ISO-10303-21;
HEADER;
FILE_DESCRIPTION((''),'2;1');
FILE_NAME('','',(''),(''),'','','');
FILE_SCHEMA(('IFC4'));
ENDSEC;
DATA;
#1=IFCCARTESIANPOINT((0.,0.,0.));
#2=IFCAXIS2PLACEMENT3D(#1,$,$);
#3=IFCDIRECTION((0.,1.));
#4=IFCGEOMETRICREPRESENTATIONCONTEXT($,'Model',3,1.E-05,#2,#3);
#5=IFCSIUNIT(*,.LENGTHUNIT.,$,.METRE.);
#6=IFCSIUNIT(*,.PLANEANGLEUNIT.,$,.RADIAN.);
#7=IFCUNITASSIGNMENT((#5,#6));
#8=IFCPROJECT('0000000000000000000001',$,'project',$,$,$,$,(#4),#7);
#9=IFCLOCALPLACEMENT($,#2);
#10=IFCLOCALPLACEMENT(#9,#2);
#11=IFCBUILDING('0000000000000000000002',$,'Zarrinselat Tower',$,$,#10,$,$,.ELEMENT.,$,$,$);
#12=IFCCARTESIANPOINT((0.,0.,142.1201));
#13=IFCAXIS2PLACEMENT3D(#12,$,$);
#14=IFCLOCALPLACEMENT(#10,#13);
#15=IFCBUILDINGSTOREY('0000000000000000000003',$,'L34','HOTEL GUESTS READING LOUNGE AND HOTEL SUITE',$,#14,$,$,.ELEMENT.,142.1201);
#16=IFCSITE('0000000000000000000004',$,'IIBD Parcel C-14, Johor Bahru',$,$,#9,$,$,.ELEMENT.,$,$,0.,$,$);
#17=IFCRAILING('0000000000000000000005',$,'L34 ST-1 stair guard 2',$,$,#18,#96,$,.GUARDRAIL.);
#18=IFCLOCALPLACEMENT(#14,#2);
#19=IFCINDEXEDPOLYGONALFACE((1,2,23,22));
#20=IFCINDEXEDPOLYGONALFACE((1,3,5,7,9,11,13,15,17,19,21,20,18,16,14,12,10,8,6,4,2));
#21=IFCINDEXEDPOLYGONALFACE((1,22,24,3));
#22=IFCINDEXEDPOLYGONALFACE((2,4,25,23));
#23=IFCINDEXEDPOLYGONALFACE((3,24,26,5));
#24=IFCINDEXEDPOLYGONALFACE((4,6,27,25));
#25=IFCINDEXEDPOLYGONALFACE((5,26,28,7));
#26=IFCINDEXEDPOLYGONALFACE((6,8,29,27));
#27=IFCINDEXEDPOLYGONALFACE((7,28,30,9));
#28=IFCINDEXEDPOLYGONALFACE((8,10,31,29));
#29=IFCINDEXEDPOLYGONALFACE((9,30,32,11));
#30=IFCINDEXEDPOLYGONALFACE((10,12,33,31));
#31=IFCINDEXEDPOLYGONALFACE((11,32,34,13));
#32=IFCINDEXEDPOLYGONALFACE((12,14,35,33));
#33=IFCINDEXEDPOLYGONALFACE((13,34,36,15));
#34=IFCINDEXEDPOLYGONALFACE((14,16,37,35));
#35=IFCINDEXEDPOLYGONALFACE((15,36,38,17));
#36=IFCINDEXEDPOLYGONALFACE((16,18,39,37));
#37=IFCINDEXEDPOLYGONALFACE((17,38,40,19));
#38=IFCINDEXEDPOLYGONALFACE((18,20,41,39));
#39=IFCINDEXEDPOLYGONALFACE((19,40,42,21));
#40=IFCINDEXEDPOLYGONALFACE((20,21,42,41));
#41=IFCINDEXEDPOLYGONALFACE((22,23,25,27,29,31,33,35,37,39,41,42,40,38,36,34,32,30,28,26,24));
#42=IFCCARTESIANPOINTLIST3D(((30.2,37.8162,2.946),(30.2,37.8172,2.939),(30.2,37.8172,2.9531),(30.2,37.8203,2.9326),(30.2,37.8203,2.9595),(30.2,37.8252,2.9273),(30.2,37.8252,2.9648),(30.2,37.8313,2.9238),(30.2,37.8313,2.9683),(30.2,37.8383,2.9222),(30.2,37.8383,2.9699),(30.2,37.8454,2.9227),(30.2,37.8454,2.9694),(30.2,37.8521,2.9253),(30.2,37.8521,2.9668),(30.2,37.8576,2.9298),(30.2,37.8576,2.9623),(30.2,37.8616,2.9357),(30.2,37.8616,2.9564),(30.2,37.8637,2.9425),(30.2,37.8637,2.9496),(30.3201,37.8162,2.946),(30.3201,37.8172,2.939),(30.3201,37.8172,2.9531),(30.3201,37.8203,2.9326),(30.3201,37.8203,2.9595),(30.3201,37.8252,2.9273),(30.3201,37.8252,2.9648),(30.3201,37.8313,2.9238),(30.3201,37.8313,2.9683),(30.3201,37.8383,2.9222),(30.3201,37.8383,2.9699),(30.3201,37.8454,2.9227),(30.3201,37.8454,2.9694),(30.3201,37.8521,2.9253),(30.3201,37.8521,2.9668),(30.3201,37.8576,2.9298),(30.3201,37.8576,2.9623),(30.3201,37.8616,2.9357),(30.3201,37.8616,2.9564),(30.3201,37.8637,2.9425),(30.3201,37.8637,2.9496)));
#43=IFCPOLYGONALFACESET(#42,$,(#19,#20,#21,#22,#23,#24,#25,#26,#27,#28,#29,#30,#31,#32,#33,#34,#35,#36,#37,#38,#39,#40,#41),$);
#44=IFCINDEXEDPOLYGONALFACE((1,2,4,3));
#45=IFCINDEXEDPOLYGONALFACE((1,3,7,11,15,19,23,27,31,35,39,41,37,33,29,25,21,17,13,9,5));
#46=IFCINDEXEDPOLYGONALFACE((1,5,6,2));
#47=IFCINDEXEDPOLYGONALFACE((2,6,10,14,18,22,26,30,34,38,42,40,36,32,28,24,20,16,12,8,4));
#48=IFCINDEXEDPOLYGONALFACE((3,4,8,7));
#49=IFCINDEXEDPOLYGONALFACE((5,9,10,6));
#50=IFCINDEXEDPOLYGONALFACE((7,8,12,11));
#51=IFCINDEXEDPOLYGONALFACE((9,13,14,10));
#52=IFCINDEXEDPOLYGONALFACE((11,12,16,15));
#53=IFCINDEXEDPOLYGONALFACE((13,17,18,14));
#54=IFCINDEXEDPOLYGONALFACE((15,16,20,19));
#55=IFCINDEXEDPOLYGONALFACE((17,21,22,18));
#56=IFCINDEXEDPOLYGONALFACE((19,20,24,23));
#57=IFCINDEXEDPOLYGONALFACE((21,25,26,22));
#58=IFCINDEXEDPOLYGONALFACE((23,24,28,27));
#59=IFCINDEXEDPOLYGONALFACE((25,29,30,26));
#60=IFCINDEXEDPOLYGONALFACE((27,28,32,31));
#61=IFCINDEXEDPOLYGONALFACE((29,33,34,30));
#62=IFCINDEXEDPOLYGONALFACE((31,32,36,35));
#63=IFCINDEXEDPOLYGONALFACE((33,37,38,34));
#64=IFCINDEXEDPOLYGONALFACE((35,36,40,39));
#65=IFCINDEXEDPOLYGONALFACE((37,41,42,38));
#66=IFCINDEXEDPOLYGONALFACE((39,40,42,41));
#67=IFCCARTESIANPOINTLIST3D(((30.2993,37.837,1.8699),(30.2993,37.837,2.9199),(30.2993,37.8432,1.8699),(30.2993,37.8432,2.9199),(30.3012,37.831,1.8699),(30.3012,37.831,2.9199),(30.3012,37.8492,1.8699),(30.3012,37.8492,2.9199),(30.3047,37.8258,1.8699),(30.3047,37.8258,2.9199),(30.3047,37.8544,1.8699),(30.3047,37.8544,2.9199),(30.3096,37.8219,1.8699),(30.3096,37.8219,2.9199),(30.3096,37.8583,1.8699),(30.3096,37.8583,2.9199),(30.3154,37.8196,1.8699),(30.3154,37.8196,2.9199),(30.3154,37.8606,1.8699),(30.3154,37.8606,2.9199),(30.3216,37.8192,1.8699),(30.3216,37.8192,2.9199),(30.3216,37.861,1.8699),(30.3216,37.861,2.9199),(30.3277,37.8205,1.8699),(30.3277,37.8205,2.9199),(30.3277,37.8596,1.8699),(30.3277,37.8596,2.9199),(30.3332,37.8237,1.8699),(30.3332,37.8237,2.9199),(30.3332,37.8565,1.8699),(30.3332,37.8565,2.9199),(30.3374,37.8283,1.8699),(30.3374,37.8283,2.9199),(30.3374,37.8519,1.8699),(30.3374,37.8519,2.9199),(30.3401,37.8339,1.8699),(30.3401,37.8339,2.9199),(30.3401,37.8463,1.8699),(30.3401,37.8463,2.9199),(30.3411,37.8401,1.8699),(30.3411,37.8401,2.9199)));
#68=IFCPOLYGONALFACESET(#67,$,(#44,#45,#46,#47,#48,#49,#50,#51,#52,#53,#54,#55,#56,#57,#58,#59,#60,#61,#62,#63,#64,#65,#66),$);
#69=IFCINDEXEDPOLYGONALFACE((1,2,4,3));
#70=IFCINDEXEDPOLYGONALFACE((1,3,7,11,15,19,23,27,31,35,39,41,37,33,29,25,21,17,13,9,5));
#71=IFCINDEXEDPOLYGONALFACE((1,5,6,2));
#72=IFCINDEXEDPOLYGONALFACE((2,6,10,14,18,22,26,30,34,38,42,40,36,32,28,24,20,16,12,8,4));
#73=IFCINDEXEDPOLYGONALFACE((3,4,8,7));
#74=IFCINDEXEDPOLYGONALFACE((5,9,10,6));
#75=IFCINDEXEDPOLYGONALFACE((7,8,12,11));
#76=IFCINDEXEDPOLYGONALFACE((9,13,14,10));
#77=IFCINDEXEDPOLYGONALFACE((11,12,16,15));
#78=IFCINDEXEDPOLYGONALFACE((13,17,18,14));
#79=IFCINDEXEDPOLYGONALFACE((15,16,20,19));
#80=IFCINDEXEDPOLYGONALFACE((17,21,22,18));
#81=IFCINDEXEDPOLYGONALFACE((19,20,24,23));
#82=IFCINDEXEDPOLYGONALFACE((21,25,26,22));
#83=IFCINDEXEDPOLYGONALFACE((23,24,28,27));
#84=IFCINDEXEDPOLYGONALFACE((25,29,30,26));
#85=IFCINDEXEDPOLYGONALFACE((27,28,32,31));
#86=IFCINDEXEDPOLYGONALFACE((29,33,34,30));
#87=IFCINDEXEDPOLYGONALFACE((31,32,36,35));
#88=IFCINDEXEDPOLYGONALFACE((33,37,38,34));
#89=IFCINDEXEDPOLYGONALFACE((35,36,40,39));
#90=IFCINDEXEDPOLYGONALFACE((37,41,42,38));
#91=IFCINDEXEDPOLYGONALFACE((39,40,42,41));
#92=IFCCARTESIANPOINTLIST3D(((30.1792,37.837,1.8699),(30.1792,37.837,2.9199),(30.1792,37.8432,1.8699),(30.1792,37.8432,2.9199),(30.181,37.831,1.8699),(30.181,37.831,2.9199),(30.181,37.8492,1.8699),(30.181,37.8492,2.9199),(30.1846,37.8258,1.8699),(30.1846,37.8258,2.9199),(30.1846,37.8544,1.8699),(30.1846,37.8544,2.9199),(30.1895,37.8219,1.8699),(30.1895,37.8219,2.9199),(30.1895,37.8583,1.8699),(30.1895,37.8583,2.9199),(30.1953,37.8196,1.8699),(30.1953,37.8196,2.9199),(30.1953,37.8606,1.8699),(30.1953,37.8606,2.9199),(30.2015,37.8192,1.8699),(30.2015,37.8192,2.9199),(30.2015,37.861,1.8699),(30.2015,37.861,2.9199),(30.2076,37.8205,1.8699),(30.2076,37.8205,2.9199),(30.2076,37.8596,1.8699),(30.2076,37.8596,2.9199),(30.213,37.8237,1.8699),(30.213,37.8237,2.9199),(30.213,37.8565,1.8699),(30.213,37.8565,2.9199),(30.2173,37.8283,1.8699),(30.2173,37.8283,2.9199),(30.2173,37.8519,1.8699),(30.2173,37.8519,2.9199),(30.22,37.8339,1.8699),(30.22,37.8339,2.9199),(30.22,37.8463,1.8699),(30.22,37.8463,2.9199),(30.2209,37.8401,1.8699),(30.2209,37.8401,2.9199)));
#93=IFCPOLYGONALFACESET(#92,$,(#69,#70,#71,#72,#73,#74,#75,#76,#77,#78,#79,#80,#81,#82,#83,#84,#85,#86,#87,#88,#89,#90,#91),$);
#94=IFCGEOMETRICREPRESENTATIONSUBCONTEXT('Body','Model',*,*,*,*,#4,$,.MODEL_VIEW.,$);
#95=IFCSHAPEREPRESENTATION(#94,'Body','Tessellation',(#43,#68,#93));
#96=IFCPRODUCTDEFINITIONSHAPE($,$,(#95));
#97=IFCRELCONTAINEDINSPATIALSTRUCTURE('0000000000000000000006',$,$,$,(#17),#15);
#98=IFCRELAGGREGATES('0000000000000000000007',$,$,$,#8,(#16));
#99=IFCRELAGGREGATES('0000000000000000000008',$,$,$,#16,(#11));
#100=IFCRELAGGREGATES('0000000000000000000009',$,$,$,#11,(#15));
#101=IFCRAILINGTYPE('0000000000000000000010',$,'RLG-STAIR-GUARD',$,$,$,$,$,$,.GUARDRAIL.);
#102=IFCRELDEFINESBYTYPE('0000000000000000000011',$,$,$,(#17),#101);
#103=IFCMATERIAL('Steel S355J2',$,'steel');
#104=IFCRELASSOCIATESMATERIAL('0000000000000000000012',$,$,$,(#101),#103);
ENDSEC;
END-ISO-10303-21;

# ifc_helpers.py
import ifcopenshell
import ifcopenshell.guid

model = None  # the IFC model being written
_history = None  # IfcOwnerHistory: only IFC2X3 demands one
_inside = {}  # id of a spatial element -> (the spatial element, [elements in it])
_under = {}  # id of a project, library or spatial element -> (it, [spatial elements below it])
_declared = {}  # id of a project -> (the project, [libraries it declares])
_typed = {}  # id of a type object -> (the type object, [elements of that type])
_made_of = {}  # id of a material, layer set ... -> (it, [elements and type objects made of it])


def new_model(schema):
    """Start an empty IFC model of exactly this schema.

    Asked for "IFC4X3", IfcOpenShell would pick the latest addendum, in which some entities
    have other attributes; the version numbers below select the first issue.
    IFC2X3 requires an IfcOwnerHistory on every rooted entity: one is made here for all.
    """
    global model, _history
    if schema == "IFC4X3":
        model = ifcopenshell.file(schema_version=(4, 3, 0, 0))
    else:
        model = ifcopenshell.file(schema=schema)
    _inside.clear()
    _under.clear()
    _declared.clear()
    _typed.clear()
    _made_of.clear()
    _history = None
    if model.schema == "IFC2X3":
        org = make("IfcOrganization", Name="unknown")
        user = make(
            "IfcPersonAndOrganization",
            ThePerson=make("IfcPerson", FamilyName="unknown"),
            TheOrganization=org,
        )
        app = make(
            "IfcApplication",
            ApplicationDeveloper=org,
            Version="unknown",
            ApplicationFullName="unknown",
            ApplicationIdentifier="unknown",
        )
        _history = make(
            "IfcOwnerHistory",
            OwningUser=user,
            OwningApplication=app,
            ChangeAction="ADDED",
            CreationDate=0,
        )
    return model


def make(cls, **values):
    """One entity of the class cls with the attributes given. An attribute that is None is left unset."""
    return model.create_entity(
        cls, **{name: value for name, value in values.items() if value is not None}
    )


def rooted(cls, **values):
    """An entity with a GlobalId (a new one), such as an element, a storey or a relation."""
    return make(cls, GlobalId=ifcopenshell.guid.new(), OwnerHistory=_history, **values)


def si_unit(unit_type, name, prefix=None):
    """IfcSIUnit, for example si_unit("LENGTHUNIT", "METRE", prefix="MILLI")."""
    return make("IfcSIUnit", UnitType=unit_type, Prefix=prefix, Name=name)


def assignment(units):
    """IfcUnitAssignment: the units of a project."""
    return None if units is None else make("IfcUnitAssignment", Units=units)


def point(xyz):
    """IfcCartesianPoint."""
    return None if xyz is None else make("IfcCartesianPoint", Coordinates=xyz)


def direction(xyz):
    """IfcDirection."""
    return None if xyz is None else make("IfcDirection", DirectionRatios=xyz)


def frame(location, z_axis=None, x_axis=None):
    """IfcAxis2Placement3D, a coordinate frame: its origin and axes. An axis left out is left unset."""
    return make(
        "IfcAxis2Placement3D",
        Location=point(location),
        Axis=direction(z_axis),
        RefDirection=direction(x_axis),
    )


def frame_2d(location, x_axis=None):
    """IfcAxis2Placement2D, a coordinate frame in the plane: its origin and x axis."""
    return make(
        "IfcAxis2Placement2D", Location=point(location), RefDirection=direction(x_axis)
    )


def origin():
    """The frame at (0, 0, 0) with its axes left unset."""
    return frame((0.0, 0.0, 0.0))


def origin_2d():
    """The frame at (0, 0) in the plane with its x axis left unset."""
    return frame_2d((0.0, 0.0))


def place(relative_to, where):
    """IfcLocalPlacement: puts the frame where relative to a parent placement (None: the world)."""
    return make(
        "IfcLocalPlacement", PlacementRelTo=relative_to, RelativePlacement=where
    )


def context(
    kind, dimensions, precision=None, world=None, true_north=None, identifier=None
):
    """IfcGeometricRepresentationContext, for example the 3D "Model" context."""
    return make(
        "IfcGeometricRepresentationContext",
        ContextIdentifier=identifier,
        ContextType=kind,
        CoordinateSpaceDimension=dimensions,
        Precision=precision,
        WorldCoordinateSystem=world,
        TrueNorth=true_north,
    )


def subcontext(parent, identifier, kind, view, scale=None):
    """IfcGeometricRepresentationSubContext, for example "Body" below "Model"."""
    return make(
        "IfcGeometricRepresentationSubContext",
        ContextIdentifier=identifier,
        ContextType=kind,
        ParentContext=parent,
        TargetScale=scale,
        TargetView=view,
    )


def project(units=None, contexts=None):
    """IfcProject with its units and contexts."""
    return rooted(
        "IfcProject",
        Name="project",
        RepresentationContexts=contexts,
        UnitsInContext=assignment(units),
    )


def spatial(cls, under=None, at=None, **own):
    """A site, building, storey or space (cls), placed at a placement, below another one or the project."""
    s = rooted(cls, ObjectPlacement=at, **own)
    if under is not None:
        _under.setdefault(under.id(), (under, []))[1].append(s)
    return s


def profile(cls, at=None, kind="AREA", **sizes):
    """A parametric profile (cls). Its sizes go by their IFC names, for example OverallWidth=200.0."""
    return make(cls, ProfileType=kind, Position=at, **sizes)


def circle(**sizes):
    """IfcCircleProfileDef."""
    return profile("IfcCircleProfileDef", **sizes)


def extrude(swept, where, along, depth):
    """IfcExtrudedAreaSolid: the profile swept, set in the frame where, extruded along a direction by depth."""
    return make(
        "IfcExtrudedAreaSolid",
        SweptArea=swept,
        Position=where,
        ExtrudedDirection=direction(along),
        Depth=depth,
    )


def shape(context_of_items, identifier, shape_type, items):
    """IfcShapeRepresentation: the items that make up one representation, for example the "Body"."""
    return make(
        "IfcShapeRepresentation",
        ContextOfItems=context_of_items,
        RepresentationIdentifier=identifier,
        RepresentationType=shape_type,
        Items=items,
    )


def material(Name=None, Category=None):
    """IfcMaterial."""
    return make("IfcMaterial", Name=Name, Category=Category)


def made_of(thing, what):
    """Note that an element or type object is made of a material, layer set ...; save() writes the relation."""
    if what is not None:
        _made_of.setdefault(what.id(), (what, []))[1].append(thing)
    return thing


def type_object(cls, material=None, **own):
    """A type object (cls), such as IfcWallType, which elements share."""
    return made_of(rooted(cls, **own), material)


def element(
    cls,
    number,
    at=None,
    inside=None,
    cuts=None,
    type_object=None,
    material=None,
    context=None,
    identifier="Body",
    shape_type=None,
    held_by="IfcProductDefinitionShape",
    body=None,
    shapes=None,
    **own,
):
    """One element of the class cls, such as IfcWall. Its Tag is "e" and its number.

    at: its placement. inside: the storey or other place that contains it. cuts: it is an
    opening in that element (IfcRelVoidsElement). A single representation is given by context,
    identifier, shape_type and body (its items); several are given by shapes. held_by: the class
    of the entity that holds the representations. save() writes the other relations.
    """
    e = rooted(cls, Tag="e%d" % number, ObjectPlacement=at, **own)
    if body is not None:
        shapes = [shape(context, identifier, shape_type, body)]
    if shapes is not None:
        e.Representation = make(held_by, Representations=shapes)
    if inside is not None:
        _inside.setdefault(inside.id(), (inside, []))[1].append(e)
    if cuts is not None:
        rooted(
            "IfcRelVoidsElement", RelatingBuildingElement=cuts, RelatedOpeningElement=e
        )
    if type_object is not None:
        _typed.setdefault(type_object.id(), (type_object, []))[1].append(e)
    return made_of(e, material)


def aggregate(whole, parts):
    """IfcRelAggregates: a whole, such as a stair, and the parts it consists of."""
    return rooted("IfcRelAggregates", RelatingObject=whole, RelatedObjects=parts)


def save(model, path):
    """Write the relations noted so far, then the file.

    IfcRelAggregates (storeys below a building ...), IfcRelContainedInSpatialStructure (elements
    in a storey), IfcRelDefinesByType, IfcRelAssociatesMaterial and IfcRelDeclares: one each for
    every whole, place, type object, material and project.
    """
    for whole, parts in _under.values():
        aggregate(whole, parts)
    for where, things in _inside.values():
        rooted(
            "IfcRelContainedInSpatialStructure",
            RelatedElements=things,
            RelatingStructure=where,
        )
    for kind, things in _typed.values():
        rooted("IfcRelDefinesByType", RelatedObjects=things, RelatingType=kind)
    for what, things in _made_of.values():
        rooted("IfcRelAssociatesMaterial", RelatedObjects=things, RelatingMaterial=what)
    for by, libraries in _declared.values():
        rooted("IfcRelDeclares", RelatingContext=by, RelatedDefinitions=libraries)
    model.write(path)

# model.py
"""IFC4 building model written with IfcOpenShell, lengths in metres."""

from ifc_helpers import new_model, si_unit, direction, frame, origin, origin_2d, place, context, subcontext, project, spatial, circle, extrude, material, type_object, element, save


model = new_model("IFC4")

# Units and contexts
model_context = context("Model", 3, precision=1e-05, world=origin(), true_north=direction((0.0, 1.0)))
body_context = subcontext(model_context, "Body", "Model", "MODEL_VIEW")
ifc_project = project(units=[si_unit("LENGTHUNIT", "METRE"), si_unit("PLANEANGLEUNIT", "RADIAN")], contexts=[model_context])

# Site, building, storey
site_placement = place(None, origin())
site = spatial("IfcSite", under=ifc_project, at=site_placement, Name="IIBD Parcel C-14, Johor Bahru", CompositionType="ELEMENT", RefElevation=0.0)
building_placement = place(site_placement, origin())
building = spatial("IfcBuilding", under=site, at=building_placement, Name="Zarrinselat Tower", CompositionType="ELEMENT")
storey_placement = place(building_placement, frame((0.0, 0.0, 142.1201)))
storey = spatial("IfcBuildingStorey", under=building, at=storey_placement, Name="L34", Description="HOTEL GUESTS READING LOUNGE AND HOTEL SUITE", CompositionType="ELEMENT", Elevation=142.1201)

# Railing
ifc_material_1 = material(Name="Steel S355J2", Category="steel")
railing_type_1 = type_object("IfcRailingType", Name="RLG-STAIR-GUARD", PredefinedType="GUARDRAIL", material=ifc_material_1)
railing_1_placement = place(storey_placement, frame((30.3201, 37.8401, 1.8699)))
element("IfcRailing", 1, at=railing_1_placement, inside=storey, type_object=railing_type_1, Name="L34 ST-1 stair guard 2", PredefinedType="GUARDRAIL", context=body_context, shape_type="SweptSolid", body=[
    extrude(circle(Radius=0.0239, at=origin_2d()), frame((0.0, 0.0, 1.0762), z_axis=(-1.0, 0.0, 0.0), x_axis=(0.0, -1.0, 0.0)), (0.0, 0.0, 1.0), 0.1201),
    extrude(circle(Radius=0.021, at=origin_2d()), origin(), (0.0, 0.0, 1.0), 1.05),
    extrude(circle(Radius=0.021, at=origin_2d()), frame((-0.1201, 0.0, 0.0)), (0.0, 0.0, 1.0), 1.05),
])

save(model, "model.ifc")
